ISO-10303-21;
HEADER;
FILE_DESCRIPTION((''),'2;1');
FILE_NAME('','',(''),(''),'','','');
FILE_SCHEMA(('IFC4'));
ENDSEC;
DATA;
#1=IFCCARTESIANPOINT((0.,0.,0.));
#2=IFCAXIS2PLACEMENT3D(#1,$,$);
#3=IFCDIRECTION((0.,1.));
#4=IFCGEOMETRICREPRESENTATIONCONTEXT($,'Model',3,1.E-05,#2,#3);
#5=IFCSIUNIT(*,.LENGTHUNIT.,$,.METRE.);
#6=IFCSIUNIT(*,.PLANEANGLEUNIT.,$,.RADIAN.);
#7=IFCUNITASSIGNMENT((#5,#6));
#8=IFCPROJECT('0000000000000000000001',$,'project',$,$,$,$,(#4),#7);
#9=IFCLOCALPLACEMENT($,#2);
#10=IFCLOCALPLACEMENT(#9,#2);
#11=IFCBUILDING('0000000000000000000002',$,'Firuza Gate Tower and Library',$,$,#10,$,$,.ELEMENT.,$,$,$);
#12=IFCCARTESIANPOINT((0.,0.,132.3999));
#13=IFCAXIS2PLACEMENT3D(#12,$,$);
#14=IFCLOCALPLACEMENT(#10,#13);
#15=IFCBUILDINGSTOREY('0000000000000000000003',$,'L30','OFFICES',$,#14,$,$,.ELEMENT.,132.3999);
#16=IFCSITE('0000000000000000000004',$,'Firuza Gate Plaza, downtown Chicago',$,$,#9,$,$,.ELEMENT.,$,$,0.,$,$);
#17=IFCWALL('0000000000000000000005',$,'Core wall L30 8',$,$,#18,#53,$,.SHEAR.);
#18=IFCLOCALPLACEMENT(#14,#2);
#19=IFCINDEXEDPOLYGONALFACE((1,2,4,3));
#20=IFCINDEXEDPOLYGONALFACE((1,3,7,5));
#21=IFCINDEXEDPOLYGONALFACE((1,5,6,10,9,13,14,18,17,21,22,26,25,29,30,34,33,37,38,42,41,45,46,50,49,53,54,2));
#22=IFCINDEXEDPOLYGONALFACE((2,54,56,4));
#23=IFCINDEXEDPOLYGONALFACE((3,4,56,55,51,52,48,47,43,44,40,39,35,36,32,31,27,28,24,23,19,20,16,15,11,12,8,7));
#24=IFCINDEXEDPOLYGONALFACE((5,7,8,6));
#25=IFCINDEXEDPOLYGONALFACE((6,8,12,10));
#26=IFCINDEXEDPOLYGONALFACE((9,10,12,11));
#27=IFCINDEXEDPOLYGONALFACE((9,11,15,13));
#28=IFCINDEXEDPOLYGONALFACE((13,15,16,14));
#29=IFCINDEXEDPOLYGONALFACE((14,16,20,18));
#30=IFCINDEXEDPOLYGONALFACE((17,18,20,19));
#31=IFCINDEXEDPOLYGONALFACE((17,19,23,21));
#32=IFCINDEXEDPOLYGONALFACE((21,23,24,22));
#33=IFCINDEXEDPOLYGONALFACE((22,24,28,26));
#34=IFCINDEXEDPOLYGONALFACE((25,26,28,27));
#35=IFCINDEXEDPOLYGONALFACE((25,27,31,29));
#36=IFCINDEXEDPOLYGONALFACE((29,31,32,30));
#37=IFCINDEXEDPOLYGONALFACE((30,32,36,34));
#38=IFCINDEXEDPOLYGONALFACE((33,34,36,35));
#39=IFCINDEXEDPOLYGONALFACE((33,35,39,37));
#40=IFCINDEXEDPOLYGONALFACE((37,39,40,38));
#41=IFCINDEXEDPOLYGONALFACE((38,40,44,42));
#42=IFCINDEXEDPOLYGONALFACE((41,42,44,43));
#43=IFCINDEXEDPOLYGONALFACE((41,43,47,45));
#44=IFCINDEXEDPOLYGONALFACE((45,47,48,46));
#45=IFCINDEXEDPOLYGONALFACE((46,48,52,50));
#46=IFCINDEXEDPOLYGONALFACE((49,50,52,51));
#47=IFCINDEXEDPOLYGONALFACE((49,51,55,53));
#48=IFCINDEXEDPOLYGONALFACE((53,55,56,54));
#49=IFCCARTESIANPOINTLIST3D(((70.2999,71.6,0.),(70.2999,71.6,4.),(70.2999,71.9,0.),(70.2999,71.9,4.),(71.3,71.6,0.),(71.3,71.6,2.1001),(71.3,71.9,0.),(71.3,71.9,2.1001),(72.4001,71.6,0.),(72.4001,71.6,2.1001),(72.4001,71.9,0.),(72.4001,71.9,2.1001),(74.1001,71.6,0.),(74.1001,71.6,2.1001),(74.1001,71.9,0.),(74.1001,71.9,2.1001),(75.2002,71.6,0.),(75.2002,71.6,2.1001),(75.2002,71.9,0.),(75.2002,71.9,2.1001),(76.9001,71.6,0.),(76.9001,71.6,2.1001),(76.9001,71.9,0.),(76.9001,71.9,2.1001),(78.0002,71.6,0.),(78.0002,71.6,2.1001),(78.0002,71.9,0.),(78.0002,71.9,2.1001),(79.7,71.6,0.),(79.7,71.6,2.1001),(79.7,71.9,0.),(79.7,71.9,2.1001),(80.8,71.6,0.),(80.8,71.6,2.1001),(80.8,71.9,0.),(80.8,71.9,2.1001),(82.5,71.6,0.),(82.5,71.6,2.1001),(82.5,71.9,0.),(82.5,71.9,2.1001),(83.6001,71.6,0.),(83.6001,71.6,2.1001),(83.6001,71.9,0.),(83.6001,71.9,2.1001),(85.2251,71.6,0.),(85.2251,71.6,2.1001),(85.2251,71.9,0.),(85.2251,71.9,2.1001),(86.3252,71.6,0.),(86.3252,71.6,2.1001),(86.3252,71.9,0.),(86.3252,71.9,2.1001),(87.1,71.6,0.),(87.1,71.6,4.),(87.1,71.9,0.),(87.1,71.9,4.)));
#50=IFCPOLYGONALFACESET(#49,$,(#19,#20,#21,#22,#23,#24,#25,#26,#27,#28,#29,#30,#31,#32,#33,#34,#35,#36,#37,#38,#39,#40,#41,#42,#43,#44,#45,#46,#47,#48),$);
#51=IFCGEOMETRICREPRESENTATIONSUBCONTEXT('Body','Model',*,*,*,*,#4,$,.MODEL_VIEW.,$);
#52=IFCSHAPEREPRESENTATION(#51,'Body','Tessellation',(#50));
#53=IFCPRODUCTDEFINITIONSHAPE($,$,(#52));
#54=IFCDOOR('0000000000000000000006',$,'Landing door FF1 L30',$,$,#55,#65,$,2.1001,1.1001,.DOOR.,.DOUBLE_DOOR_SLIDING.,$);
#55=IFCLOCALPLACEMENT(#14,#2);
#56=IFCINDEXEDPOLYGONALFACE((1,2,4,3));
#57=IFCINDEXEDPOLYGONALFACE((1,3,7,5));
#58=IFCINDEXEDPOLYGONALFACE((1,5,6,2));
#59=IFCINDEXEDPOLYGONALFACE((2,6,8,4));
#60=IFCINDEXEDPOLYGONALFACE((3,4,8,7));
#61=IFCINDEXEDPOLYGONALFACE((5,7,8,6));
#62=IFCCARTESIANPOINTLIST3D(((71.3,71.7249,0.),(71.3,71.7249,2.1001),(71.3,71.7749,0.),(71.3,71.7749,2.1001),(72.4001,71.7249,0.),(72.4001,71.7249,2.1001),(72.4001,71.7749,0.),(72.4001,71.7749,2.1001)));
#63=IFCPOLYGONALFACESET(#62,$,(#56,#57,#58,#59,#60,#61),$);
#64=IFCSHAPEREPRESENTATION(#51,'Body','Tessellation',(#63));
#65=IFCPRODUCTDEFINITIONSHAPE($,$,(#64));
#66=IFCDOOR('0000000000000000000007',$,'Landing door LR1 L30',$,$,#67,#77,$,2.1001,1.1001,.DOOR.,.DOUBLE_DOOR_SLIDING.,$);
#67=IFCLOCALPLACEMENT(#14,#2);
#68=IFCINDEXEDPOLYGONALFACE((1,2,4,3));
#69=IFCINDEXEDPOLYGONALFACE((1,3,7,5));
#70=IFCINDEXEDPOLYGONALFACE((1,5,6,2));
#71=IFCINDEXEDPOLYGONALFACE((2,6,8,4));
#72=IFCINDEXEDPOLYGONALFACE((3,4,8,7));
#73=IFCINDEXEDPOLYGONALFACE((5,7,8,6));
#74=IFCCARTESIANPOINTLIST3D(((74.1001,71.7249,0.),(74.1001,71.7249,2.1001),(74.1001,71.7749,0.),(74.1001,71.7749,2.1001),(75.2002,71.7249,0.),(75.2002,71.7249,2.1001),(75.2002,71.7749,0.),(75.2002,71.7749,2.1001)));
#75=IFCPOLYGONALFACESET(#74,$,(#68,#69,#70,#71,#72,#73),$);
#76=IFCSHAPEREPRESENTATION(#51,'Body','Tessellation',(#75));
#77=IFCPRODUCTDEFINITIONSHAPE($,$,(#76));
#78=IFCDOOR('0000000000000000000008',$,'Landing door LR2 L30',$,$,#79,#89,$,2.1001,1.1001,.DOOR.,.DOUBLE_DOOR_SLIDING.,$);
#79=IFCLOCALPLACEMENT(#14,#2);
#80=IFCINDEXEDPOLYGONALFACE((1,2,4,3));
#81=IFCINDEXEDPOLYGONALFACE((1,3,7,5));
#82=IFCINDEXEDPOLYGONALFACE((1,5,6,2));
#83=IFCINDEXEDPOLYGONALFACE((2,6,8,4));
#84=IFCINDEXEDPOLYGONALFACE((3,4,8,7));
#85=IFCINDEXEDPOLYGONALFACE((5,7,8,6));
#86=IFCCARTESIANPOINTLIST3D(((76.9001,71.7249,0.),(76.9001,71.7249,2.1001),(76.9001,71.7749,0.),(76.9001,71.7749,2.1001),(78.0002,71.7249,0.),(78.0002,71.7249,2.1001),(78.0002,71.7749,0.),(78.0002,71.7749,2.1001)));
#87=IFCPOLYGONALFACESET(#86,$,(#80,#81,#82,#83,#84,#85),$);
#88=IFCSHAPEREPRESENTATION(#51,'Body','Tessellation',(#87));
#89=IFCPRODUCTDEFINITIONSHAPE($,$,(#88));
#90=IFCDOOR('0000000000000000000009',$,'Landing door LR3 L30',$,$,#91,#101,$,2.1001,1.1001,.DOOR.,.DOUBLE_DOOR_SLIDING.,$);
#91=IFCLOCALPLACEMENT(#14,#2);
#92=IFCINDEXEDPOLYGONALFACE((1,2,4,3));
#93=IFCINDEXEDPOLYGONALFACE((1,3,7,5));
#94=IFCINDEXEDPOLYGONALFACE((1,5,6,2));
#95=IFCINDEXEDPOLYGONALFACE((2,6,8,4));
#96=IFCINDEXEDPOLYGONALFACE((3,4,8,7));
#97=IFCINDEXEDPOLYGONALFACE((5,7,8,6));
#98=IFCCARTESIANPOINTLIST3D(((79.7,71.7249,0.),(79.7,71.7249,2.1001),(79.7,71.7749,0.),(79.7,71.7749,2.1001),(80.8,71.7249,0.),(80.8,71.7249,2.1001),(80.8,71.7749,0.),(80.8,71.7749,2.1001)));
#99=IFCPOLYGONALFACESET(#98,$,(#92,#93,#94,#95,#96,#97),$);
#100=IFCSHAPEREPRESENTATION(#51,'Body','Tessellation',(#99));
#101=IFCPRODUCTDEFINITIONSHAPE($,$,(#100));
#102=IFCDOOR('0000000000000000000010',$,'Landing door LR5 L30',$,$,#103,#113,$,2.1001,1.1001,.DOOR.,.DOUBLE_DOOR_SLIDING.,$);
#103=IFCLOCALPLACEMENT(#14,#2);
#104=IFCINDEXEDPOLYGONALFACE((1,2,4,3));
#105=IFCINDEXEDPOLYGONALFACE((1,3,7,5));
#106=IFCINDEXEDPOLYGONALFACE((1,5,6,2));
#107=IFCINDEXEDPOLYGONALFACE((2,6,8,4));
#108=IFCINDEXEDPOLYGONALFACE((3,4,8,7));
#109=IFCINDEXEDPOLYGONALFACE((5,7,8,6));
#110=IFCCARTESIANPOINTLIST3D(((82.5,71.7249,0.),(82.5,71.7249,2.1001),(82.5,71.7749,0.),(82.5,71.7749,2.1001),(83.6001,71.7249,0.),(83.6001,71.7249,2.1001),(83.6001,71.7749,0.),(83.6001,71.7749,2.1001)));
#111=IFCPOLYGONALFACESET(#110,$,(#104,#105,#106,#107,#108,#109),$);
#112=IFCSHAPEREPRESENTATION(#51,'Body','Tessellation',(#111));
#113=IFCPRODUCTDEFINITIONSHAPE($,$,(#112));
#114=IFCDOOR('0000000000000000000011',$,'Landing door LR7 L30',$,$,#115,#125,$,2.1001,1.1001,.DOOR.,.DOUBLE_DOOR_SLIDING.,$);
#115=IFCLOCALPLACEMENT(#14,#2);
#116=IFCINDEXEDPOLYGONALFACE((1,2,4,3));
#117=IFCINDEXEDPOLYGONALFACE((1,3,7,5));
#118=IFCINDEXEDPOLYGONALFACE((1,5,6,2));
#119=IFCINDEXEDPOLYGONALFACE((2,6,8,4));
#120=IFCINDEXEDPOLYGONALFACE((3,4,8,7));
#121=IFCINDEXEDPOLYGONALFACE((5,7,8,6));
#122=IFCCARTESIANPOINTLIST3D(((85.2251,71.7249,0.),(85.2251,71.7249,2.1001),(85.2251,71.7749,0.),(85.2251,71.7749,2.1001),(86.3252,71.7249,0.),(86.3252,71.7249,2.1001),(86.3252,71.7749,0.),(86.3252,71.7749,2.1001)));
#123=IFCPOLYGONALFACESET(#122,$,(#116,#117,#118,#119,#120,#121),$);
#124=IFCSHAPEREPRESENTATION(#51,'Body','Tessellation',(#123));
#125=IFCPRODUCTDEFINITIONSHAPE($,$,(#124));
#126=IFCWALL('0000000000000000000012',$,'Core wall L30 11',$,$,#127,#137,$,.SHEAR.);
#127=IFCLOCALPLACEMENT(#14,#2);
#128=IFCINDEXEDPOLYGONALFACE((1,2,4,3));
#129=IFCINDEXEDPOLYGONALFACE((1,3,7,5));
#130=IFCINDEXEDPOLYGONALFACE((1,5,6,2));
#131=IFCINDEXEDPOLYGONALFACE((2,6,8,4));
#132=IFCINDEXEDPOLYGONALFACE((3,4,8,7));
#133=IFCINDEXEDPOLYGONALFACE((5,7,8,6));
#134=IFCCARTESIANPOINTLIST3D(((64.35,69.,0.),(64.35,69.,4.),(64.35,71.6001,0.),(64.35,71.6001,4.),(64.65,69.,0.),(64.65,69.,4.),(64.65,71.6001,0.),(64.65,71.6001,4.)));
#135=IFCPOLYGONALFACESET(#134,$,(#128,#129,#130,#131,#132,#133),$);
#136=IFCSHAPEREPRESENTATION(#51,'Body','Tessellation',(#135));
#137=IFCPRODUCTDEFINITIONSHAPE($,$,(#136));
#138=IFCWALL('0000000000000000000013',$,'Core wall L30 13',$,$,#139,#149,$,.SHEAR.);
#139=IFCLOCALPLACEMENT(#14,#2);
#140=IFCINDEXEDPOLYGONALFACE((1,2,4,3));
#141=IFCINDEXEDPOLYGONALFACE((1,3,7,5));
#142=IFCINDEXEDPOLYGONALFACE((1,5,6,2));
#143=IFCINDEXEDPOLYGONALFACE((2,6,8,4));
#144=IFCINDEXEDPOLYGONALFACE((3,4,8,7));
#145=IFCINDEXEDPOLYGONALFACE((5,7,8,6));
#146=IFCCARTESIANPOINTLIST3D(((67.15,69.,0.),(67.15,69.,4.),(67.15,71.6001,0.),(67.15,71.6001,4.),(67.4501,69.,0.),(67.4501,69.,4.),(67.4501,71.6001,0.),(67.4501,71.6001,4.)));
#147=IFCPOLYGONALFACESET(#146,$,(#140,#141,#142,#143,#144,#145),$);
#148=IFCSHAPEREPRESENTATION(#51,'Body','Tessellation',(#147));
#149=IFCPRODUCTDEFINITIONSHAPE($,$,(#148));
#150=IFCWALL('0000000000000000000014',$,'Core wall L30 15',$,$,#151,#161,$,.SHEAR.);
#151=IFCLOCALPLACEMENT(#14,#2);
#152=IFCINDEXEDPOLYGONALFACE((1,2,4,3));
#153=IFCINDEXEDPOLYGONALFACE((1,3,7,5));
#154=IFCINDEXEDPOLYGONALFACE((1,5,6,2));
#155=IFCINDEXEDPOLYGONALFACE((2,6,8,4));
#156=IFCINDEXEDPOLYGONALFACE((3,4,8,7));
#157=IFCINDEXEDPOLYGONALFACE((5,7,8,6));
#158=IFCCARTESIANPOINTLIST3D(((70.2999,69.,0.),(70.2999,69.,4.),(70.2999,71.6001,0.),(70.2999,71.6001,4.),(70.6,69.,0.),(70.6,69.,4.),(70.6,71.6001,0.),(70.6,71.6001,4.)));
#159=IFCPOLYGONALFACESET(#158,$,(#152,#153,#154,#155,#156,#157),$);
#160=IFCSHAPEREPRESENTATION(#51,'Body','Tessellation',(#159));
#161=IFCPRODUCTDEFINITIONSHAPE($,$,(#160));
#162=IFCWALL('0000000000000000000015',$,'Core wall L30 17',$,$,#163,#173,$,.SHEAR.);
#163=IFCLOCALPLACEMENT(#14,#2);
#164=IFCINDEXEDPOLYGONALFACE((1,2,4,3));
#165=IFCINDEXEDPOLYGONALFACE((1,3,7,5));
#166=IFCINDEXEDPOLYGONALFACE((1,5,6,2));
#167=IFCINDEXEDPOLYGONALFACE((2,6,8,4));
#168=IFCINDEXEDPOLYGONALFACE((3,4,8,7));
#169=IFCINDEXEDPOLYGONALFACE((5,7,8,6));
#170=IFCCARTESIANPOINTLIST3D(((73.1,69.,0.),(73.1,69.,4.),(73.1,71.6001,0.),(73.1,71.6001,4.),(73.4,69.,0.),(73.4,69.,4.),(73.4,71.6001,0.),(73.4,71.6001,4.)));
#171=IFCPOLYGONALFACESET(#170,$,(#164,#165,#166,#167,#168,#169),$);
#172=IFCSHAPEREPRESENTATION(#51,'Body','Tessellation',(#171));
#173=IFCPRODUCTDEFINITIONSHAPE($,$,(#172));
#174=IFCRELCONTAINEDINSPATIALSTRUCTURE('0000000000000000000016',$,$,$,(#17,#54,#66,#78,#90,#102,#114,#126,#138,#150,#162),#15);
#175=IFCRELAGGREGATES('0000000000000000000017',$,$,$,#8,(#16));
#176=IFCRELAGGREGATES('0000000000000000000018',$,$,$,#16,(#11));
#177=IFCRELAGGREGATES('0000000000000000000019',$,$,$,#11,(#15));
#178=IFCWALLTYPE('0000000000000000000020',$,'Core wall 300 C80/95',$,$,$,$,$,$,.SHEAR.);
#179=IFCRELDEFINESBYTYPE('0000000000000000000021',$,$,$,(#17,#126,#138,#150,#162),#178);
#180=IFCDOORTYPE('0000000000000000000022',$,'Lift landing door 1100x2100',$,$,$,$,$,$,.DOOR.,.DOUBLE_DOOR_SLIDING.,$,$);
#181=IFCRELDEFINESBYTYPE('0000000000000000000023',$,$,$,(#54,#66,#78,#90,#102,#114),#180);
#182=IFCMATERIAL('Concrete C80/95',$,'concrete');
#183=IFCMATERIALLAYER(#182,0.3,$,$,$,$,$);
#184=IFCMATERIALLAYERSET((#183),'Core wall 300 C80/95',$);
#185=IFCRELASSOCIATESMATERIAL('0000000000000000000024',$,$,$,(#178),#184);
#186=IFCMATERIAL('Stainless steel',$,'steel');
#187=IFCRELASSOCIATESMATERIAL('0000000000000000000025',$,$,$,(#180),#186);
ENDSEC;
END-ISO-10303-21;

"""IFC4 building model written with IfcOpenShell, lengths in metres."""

from ifc_helpers import new_model, si_unit, direction, frame, frame_2d, origin, place, context, subcontext, project, spatial, rectangle, extrude, material, layer, layer_set, type_object, element, fill, save


model = new_model("IFC4")

# Units and contexts
model_context = context("Model", 3, precision=1e-05, world=origin(), true_north=direction((0.0, 1.0)))
body_context = subcontext(model_context, "Body", "Model", "MODEL_VIEW")
ifc_project = project(units=[si_unit("LENGTHUNIT", "METRE"), si_unit("PLANEANGLEUNIT", "RADIAN")], contexts=[model_context])

# Site, building, storey
site_placement = place(None, origin())
site = spatial("IfcSite", under=ifc_project, at=site_placement, Name="Firuza Gate Plaza, downtown Chicago", CompositionType="ELEMENT", RefElevation=0.0)
building_placement = place(site_placement, origin())
building = spatial("IfcBuilding", under=site, at=building_placement, Name="Firuza Gate Tower and Library", CompositionType="ELEMENT")
storey_placement = place(building_placement, frame((0.0, 0.0, 132.3999)))
storey = spatial("IfcBuildingStorey", under=building, at=storey_placement, Name="L30", Description="OFFICES", CompositionType="ELEMENT", Elevation=132.3999)

# Shared definitions
ifc_material_1 = material(Name="Concrete C80/95", Category="concrete")
ifc_layer_1 = layer(ifc_material_1, 0.3)
ifc_layer_set_1 = layer_set([ifc_layer_1], Name="Core wall 300 C80/95")
wall_type_1 = type_object("IfcWallType", Name="Core wall 300 C80/95", PredefinedType="SHEAR", material=ifc_layer_set_1)

# Wall, openings, doors
wall_1_placement = place(storey_placement, frame((70.3, 71.75, 0.0), z_axis=(0.0, 0.0, 1.0), x_axis=(1.0, 0.0, 0.0)))
wall_1 = element("IfcWall", 1, at=wall_1_placement, inside=storey, type_object=wall_type_1, Name="Core wall L30 8", PredefinedType="SHEAR", context=body_context, shape_type="SweptSolid", body=[
    extrude(rectangle(XDim=16.8, YDim=0.3, at=frame_2d((8.3999, 0.0))), origin(), (0.0, 0.0, 1.0), 4.0),
])
opening_1_placement = place(wall_1_placement, frame((1.0, 0.0, 0.0)))
opening_1 = element("IfcOpeningElement", 2, at=opening_1_placement, cuts=wall_1, PredefinedType="OPENING", context=body_context, shape_type="SweptSolid", body=[
    extrude(rectangle(XDim=1.1001, YDim=2.1001, at=frame_2d((0.55, 1.05))), frame((0.0, 0.1602, 0.0), z_axis=(0.0, -1.0, 0.0), x_axis=(1.0, 0.0, 0.0)), (0.0, 0.0, 1.0), 0.3201),
])
opening_2_placement = place(wall_1_placement, frame((3.8, 0.0, 0.0)))
opening_2 = element("IfcOpeningElement", 3, at=opening_2_placement, cuts=wall_1, PredefinedType="OPENING", context=body_context, shape_type="SweptSolid", body=[
    extrude(rectangle(XDim=1.1001, YDim=2.1001, at=frame_2d((0.55, 1.05))), frame((0.0, 0.1602, 0.0), z_axis=(0.0, -1.0, 0.0), x_axis=(1.0, 0.0, 0.0)), (0.0, 0.0, 1.0), 0.3201),
])
opening_3_placement = place(wall_1_placement, frame((6.6001, 0.0, 0.0)))
opening_3 = element("IfcOpeningElement", 4, at=opening_3_placement, cuts=wall_1, PredefinedType="OPENING", context=body_context, shape_type="SweptSolid", body=[
    extrude(rectangle(XDim=1.1001, YDim=2.1001, at=frame_2d((0.55, 1.05))), frame((0.0, 0.1602, 0.0), z_axis=(0.0, -1.0, 0.0), x_axis=(1.0, 0.0, 0.0)), (0.0, 0.0, 1.0), 0.3201),
])
opening_4_placement = place(wall_1_placement, frame((9.3999, 0.0, 0.0)))
opening_4 = element("IfcOpeningElement", 5, at=opening_4_placement, cuts=wall_1, PredefinedType="OPENING", context=body_context, shape_type="SweptSolid", body=[
    extrude(rectangle(XDim=1.1001, YDim=2.1001, at=frame_2d((0.55, 1.05))), frame((0.0, 0.1602, 0.0), z_axis=(0.0, -1.0, 0.0), x_axis=(1.0, 0.0, 0.0)), (0.0, 0.0, 1.0), 0.3201),
])
opening_5_placement = place(wall_1_placement, frame((12.2, 0.0, 0.0)))
opening_5 = element("IfcOpeningElement", 6, at=opening_5_placement, cuts=wall_1, PredefinedType="OPENING", context=body_context, shape_type="SweptSolid", body=[
    extrude(rectangle(XDim=1.1001, YDim=2.1001, at=frame_2d((0.55, 1.05))), frame((0.0, 0.1602, 0.0), z_axis=(0.0, -1.0, 0.0), x_axis=(1.0, 0.0, 0.0)), (0.0, 0.0, 1.0), 0.3201),
])
opening_6_placement = place(wall_1_placement, frame((14.925, 0.0, 0.0)))
opening_6 = element("IfcOpeningElement", 7, at=opening_6_placement, cuts=wall_1, PredefinedType="OPENING", context=body_context, shape_type="SweptSolid", body=[
    extrude(rectangle(XDim=1.1001, YDim=2.1001, at=frame_2d((0.55, 1.05))), frame((0.0, 0.1602, 0.0), z_axis=(0.0, -1.0, 0.0), x_axis=(1.0, 0.0, 0.0)), (0.0, 0.0, 1.0), 0.3201),
])
ifc_material_2 = material(Name="Stainless steel", Category="steel")
door_type_1 = type_object("IfcDoorType", Name="Lift landing door 1100x2100", OperationType="DOUBLE_DOOR_SLIDING", PredefinedType="DOOR", material=ifc_material_2)
door_1_placement = place(opening_1_placement, origin())
door_1 = element("IfcDoor", 8, at=door_1_placement, inside=storey, type_object=door_type_1, Name="Landing door FF1 L30", OperationType="DOUBLE_DOOR_SLIDING", OverallHeight=2.1001, OverallWidth=1.1001, PredefinedType="DOOR", context=body_context, shape_type="SweptSolid", body=[
    extrude(rectangle(XDim=1.1001, YDim=2.1001, at=frame_2d((0.55, 1.05))), frame((0.0, 0.0249, 0.0), z_axis=(0.0, -1.0, 0.0), x_axis=(1.0, 0.0, 0.0)), (0.0, 0.0, 1.0), 0.05),
])
fill(opening_1, door_1)
door_2_placement = place(opening_2_placement, origin())
door_2 = element("IfcDoor", 9, at=door_2_placement, inside=storey, type_object=door_type_1, Name="Landing door LR1 L30", OperationType="DOUBLE_DOOR_SLIDING", OverallHeight=2.1001, OverallWidth=1.1001, PredefinedType="DOOR", context=body_context, shape_type="SweptSolid", body=[
    extrude(rectangle(XDim=1.1001, YDim=2.1001, at=frame_2d((0.55, 1.05))), frame((0.0, 0.0249, 0.0), z_axis=(0.0, -1.0, 0.0), x_axis=(1.0, 0.0, 0.0)), (0.0, 0.0, 1.0), 0.05),
])
fill(opening_2, door_2)
door_3_placement = place(opening_3_placement, origin())
door_3 = element("IfcDoor", 10, at=door_3_placement, inside=storey, type_object=door_type_1, Name="Landing door LR2 L30", OperationType="DOUBLE_DOOR_SLIDING", OverallHeight=2.1001, OverallWidth=1.1001, PredefinedType="DOOR", context=body_context, shape_type="SweptSolid", body=[
    extrude(rectangle(XDim=1.1001, YDim=2.1001, at=frame_2d((0.55, 1.05))), frame((0.0, 0.0249, 0.0), z_axis=(0.0, -1.0, 0.0), x_axis=(1.0, 0.0, 0.0)), (0.0, 0.0, 1.0), 0.05),
])
fill(opening_3, door_3)
door_4_placement = place(opening_4_placement, origin())
door_4 = element("IfcDoor", 11, at=door_4_placement, inside=storey, type_object=door_type_1, Name="Landing door LR3 L30", OperationType="DOUBLE_DOOR_SLIDING", OverallHeight=2.1001, OverallWidth=1.1001, PredefinedType="DOOR", context=body_context, shape_type="SweptSolid", body=[
    extrude(rectangle(XDim=1.1001, YDim=2.1001, at=frame_2d((0.55, 1.05))), frame((0.0, 0.0249, 0.0), z_axis=(0.0, -1.0, 0.0), x_axis=(1.0, 0.0, 0.0)), (0.0, 0.0, 1.0), 0.05),
])
fill(opening_4, door_4)
door_5_placement = place(opening_5_placement, origin())
door_5 = element("IfcDoor", 12, at=door_5_placement, inside=storey, type_object=door_type_1, Name="Landing door LR5 L30", OperationType="DOUBLE_DOOR_SLIDING", OverallHeight=2.1001, OverallWidth=1.1001, PredefinedType="DOOR", context=body_context, shape_type="SweptSolid", body=[
    extrude(rectangle(XDim=1.1001, YDim=2.1001, at=frame_2d((0.55, 1.05))), frame((0.0, 0.0249, 0.0), z_axis=(0.0, -1.0, 0.0), x_axis=(1.0, 0.0, 0.0)), (0.0, 0.0, 1.0), 0.05),
])
fill(opening_5, door_5)
door_6_placement = place(opening_6_placement, origin())
door_6 = element("IfcDoor", 13, at=door_6_placement, inside=storey, type_object=door_type_1, Name="Landing door LR7 L30", OperationType="DOUBLE_DOOR_SLIDING", OverallHeight=2.1001, OverallWidth=1.1001, PredefinedType="DOOR", context=body_context, shape_type="SweptSolid", body=[
    extrude(rectangle(XDim=1.1001, YDim=2.1001, at=frame_2d((0.55, 1.05))), frame((0.0, 0.0249, 0.0), z_axis=(0.0, -1.0, 0.0), x_axis=(1.0, 0.0, 0.0)), (0.0, 0.0, 1.0), 0.05),
])
fill(opening_6, door_6)

# Walls
for number, where, z_axis, x_axis, name in (
    (14, (64.5, 69.0, 0.0), (0.0, 0.0, 1.0), (0.0, 1.0, 0.0), "Core wall L30 11"),
    (15, (67.3, 69.0, 0.0), (0.0, 0.0, 1.0), (0.0, 1.0, 0.0), "Core wall L30 13"),
    (16, (70.45, 69.0, 0.0), (0.0, 0.0, 1.0), (0.0, 1.0, 0.0), "Core wall L30 15"),
    (17, (73.25, 69.0, 0.0), (0.0, 0.0, 1.0), (0.0, 1.0, 0.0), "Core wall L30 17"),
):
    element("IfcWall", number, at=place(storey_placement, frame(where, z_axis=z_axis, x_axis=x_axis)), inside=storey, type_object=wall_type_1, Name=name, PredefinedType="SHEAR", context=body_context, shape_type="SweptSolid", body=[
        extrude(rectangle(XDim=2.6001, YDim=0.3, at=frame_2d((1.3, 0.0))), origin(), (0.0, 0.0, 1.0), 4.0),
    ])

save(model, "model.ifc")
